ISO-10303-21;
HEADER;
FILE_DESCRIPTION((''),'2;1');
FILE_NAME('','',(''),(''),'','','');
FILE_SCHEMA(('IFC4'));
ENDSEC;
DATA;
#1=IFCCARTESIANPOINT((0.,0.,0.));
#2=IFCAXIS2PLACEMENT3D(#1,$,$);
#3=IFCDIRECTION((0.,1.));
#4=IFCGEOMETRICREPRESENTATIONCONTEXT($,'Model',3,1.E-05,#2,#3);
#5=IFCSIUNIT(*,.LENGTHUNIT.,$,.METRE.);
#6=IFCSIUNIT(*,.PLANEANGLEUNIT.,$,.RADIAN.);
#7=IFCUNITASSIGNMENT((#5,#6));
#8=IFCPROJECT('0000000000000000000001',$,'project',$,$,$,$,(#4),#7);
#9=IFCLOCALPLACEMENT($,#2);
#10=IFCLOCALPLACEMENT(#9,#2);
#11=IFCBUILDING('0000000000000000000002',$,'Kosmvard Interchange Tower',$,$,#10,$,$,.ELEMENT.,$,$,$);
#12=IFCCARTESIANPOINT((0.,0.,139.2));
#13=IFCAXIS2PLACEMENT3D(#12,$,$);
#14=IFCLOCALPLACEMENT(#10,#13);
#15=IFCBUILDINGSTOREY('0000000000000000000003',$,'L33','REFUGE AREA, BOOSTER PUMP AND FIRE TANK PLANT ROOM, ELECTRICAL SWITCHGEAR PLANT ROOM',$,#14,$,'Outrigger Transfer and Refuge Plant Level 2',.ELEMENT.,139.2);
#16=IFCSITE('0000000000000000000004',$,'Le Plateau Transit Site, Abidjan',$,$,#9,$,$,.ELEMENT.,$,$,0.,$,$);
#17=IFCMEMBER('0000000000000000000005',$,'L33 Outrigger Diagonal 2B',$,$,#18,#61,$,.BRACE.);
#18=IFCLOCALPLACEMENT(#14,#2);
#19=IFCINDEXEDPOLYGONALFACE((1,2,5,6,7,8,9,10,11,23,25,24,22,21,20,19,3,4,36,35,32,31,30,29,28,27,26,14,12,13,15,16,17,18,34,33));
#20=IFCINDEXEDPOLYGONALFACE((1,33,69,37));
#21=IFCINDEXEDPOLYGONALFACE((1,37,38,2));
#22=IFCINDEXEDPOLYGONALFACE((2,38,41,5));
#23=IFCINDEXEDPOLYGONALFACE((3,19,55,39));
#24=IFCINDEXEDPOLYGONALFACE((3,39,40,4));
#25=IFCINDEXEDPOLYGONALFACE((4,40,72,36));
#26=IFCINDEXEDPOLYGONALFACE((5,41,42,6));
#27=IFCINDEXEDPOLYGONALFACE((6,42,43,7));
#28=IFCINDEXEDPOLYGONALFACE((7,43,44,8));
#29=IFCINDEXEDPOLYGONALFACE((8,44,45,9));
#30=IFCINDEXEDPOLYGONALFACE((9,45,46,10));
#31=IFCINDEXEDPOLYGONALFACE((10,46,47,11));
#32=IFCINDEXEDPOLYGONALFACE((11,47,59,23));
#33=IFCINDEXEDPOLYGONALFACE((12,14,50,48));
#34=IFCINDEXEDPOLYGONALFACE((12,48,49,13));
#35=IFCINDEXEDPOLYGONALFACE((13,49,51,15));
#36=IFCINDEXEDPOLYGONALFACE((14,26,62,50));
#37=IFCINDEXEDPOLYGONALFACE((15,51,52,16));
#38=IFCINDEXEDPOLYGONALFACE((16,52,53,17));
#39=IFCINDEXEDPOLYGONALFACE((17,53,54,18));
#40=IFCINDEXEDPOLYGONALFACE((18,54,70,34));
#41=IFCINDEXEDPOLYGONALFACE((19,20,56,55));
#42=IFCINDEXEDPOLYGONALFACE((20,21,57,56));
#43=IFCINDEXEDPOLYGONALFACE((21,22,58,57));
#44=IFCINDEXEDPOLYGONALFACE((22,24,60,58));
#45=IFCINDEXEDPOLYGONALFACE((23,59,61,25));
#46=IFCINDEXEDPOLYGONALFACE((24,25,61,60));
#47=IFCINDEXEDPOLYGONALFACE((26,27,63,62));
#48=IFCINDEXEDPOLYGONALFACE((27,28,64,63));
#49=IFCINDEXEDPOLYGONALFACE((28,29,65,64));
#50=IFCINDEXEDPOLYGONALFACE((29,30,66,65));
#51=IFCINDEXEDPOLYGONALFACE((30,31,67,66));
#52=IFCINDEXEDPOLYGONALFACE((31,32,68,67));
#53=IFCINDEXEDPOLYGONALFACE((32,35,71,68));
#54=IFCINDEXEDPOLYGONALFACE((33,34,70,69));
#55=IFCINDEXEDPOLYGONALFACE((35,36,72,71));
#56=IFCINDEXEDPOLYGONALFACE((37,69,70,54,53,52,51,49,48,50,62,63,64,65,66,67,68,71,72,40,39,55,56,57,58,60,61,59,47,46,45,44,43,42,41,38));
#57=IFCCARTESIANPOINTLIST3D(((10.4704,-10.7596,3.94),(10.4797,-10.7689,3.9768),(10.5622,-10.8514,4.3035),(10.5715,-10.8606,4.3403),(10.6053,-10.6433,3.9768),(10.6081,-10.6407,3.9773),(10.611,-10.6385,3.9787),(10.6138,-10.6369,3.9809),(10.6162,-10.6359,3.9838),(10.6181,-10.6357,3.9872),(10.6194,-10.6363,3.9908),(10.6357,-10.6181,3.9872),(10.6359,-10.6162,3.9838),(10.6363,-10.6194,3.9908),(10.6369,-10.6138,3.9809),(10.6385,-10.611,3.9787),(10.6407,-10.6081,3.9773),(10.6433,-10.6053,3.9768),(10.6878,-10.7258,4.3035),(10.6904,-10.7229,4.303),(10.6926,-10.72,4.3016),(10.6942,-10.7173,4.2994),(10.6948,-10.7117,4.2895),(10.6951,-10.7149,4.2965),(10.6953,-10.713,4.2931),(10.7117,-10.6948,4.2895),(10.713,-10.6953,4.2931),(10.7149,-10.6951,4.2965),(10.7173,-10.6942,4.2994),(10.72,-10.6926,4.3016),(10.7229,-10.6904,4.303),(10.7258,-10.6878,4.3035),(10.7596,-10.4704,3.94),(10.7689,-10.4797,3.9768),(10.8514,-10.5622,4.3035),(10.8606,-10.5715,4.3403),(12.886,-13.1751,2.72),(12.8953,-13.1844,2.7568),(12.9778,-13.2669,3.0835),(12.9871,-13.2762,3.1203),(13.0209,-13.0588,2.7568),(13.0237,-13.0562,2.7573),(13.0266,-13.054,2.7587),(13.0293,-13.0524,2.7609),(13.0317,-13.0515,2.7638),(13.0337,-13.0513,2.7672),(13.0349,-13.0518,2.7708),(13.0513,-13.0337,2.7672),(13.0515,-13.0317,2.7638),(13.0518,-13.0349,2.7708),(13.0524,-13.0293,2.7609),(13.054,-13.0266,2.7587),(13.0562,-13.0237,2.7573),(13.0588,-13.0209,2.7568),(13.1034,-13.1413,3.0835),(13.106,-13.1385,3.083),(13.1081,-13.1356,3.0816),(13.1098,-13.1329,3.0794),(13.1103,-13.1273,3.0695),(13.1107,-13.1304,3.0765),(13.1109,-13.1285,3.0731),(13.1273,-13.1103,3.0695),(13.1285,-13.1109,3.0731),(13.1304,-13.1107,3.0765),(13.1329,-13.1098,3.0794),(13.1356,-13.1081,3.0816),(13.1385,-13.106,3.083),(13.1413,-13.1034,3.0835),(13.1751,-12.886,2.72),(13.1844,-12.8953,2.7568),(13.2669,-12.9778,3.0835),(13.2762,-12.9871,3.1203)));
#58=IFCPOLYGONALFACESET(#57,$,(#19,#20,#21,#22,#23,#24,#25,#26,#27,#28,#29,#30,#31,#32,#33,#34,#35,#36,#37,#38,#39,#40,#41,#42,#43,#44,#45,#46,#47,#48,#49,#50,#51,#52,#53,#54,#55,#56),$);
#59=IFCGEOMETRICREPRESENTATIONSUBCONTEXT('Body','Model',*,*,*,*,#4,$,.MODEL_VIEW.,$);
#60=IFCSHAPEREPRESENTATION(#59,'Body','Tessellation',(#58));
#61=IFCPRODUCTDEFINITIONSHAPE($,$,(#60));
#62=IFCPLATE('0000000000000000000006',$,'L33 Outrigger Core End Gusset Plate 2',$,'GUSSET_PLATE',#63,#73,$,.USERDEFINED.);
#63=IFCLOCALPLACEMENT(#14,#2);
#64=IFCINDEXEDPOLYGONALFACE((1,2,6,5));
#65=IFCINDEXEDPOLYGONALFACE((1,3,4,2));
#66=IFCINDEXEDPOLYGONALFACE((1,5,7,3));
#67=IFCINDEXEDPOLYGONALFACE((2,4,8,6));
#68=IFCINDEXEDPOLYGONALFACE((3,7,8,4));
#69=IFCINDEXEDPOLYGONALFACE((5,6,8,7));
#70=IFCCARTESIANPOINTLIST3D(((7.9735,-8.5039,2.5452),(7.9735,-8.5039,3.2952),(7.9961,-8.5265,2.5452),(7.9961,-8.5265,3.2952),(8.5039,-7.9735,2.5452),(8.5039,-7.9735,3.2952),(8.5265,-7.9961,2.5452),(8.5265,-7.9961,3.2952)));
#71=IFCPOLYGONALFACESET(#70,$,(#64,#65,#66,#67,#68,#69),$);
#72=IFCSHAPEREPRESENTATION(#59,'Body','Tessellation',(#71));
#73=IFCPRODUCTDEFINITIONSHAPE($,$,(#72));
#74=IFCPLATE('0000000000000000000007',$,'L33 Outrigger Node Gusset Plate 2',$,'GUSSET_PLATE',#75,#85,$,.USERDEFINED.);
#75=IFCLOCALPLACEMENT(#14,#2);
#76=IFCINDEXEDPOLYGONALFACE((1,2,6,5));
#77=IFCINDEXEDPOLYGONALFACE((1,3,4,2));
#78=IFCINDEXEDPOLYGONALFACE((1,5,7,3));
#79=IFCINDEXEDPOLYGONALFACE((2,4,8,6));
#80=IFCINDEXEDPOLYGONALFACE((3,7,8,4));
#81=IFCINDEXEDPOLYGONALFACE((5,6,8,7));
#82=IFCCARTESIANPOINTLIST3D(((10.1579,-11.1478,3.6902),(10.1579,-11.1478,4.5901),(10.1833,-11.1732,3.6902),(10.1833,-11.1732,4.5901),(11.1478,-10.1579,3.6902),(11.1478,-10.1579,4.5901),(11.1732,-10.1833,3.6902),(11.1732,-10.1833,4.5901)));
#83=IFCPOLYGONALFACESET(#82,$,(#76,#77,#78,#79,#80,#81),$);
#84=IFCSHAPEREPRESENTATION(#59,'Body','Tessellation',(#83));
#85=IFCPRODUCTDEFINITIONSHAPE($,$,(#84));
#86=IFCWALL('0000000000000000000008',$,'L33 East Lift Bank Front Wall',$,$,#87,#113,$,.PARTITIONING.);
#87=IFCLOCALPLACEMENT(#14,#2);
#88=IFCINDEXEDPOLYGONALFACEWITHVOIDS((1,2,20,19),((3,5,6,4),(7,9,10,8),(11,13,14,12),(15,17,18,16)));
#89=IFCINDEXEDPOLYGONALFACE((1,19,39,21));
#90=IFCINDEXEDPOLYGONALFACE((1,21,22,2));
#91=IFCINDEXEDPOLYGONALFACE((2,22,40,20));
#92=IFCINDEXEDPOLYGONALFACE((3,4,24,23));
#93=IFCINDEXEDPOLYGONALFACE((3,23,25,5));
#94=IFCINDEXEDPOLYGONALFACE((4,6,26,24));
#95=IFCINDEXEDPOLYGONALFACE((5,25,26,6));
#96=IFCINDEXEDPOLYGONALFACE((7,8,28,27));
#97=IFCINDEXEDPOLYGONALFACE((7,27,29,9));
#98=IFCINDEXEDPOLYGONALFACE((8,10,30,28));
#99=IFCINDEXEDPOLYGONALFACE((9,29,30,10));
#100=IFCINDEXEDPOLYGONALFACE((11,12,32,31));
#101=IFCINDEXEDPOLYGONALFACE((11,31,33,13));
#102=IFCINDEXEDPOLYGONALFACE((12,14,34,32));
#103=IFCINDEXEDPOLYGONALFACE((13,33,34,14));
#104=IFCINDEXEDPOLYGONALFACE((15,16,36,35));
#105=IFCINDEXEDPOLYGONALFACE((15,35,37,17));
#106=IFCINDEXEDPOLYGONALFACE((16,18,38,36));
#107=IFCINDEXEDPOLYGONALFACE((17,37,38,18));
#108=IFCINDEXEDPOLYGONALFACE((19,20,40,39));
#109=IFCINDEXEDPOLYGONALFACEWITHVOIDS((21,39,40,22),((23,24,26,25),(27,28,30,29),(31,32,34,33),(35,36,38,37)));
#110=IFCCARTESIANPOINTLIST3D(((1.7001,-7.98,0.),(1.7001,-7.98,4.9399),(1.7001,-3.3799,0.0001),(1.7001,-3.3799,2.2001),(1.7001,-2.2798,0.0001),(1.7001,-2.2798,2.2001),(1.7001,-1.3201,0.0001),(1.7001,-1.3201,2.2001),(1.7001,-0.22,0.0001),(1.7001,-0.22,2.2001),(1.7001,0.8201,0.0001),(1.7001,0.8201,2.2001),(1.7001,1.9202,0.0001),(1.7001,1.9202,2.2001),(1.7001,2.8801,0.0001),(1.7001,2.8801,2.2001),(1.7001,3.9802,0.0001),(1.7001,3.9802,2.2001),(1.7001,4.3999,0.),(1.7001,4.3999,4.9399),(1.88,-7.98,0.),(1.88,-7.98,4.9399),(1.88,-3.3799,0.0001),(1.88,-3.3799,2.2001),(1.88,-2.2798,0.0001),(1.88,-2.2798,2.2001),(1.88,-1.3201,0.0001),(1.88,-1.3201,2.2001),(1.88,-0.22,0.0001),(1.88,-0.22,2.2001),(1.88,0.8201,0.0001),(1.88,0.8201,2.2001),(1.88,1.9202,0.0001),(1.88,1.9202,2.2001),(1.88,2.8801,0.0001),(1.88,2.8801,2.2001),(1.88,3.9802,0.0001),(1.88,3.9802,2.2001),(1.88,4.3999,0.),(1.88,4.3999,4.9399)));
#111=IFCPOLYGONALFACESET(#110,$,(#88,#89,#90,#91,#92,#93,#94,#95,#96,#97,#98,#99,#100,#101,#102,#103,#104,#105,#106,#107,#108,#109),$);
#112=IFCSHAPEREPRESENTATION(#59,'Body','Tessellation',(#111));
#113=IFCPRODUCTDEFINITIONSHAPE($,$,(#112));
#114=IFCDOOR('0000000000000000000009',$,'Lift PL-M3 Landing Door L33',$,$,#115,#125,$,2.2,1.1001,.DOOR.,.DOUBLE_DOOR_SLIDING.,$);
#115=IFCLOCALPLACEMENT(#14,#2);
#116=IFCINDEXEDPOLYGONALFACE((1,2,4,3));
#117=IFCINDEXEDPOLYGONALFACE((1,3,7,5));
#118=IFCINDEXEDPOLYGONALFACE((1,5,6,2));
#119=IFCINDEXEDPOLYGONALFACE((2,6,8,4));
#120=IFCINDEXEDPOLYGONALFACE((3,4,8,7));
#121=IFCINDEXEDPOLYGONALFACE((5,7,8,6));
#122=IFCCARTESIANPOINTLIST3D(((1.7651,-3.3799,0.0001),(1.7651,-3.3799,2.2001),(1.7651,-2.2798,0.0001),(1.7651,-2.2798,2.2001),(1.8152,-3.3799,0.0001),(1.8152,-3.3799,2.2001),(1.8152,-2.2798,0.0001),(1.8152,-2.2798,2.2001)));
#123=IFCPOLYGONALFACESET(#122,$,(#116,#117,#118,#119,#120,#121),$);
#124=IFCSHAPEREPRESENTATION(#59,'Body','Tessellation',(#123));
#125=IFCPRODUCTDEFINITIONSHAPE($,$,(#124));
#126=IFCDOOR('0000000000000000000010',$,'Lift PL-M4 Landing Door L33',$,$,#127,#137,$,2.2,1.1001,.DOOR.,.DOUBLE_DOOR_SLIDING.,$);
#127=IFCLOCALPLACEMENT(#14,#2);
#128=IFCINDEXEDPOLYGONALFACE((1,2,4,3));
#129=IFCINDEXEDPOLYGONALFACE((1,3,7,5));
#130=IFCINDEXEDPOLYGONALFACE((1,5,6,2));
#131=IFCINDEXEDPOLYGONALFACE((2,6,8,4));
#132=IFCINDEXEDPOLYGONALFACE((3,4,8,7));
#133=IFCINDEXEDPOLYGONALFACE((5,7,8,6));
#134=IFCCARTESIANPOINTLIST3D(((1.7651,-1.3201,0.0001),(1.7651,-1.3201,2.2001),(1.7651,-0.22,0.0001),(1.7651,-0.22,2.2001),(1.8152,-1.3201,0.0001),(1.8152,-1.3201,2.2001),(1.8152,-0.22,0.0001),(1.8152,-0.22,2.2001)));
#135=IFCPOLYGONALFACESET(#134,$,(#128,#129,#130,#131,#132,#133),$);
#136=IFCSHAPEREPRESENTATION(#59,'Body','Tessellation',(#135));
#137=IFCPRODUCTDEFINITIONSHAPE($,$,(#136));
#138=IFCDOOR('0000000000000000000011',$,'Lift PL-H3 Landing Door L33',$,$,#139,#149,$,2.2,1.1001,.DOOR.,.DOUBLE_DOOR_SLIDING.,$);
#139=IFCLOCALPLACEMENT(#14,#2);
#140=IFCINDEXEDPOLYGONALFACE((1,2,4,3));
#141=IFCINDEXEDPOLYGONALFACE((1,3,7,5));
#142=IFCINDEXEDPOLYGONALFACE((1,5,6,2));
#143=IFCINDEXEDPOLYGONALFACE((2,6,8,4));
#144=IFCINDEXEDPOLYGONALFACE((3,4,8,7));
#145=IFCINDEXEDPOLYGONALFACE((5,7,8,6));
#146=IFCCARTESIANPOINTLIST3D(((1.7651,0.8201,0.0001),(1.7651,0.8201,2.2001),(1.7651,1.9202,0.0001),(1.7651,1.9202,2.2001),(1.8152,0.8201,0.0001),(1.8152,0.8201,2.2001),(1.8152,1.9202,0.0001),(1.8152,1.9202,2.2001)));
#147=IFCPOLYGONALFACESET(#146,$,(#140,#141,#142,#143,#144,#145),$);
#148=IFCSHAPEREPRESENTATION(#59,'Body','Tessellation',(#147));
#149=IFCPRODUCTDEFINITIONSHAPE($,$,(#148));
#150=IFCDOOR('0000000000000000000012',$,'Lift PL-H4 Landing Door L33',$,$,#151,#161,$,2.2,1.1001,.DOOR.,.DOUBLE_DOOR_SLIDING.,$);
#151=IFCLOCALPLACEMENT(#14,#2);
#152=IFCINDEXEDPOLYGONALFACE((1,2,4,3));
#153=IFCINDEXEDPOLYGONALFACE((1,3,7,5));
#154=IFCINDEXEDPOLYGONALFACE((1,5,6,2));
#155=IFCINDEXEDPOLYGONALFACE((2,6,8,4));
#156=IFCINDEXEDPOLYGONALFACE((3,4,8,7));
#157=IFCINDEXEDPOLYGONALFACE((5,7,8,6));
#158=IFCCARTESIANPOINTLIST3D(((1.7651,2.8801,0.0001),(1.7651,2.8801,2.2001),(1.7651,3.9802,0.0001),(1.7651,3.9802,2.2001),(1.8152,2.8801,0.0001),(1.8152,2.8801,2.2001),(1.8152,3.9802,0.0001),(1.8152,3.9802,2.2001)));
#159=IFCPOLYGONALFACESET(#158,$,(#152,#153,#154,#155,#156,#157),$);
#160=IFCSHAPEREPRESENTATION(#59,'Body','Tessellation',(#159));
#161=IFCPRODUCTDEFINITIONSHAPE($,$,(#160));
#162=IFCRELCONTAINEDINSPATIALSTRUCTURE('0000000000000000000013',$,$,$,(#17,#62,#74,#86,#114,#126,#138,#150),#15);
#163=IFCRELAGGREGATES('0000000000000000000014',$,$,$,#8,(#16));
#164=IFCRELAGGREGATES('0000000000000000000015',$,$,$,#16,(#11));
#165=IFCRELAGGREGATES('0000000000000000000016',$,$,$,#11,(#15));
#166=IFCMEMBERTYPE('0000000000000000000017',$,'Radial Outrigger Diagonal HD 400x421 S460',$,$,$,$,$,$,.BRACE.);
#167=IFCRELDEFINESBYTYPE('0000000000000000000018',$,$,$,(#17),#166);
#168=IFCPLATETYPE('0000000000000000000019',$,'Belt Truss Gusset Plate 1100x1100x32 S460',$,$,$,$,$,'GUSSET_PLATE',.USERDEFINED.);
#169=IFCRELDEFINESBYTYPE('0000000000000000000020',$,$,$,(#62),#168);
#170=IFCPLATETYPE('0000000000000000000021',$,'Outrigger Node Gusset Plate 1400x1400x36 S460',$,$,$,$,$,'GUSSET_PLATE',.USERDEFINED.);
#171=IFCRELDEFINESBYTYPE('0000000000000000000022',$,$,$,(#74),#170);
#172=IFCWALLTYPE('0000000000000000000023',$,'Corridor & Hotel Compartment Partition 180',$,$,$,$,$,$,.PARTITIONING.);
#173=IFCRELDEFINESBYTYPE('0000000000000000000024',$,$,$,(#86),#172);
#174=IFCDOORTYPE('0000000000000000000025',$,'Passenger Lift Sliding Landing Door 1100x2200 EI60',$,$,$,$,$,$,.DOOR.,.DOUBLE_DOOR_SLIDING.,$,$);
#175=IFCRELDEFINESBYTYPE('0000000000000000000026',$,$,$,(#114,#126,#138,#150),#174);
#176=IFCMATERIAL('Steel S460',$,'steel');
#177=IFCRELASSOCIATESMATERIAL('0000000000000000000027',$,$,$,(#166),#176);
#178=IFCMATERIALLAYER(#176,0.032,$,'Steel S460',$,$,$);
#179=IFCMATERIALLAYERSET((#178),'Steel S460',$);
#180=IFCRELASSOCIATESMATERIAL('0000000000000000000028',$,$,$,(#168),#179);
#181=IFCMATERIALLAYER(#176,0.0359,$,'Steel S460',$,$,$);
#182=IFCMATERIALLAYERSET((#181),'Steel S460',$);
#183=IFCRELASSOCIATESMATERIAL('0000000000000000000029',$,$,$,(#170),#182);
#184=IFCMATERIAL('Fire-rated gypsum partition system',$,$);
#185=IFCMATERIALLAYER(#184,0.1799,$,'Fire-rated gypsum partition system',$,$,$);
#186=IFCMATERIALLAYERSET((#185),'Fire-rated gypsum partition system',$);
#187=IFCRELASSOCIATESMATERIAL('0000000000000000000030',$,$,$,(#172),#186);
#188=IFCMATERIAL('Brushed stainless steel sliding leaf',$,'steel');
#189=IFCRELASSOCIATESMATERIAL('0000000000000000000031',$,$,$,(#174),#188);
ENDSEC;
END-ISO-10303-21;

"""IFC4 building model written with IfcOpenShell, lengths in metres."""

from ifc_helpers import new_model, si_unit, direction, frame, frame_2d, origin, origin_2d, place, context, subcontext, project, spatial, rectangle, i_section, extrude, source, transform, mapped, material, layer, layer_set, material_profile, profile_set, type_object, element, fill, save


model = new_model("IFC4")

# Units and contexts
model_context = context("Model", 3, precision=1e-05, world=origin(), true_north=direction((0.0, 1.0)))
body_context = subcontext(model_context, "Body", "Model", "MODEL_VIEW")
ifc_project = project(units=[si_unit("LENGTHUNIT", "METRE"), si_unit("PLANEANGLEUNIT", "RADIAN")], contexts=[model_context])

# Site, building, storey
site_placement = place(None, origin())
site = spatial("IfcSite", under=ifc_project, at=site_placement, Name="Le Plateau Transit Site, Abidjan", CompositionType="ELEMENT", RefElevation=0.0)
building_placement = place(site_placement, origin())
building = spatial("IfcBuilding", under=site, at=building_placement, Name="Kosmvard Interchange Tower", CompositionType="ELEMENT")
storey_placement = place(building_placement, frame((0.0, 0.0, 139.2)))
storey = spatial("IfcBuildingStorey", under=building, at=storey_placement, Name="L33", Description="REFUGE AREA, BOOSTER PUMP AND FIRE TANK PLANT ROOM, ELECTRICAL SWITCHGEAR PLANT ROOM", LongName="Outrigger Transfer and Refuge Plant Level 2", CompositionType="ELEMENT", Elevation=139.2)

# Shared definitions
ifc_material_1 = material(Name="Steel S460", Category="steel")

# Member
ifc_material_profile_1 = material_profile(ifc_material_1, i_section(OverallWidth=0.4089, OverallDepth=0.425, WebThickness=0.0239, FlangeThickness=0.0391, FilletRadius=0.0149, at=origin_2d()), Name="HD 400x421")
ifc_profile_set_1 = profile_set([ifc_material_profile_1], Name="Steel S460")
member_type_1 = type_object("IfcMemberType", Name="Radial Outrigger Diagonal HD 400x421 S460", PredefinedType="BRACE", material=ifc_profile_set_1)
shared_shape_1 = source(origin(), body_context, "Body", "SweptSolid", [
    extrude(i_section(OverallWidth=0.4089, OverallDepth=0.425, WebThickness=0.0239, FlangeThickness=0.0391, FilletRadius=0.0149, at=origin_2d()), origin(), (0.0, 0.0, 1.0), 3.6274),
])
for number, where, z_axis, x_axis, name in (
    (1, (10.6655, -10.6655, 4.1401), (0.665915, -0.665915, -0.336323), (0.707107, 0.707107, 0.0), "L33 Outrigger Diagonal 2B"),
):
    element("IfcMember", number, at=place(storey_placement, frame(where, z_axis=z_axis, x_axis=x_axis)), inside=storey, type_object=member_type_1, Name=name, PredefinedType="BRACE", context=body_context, shape_type="MappedRepresentation", body=[
        mapped(shared_shape_1, transform((0.0, 0.0, 0.0), scale=1.0)),
    ])

# Plates
ifc_layer_1 = layer(ifc_material_1, 0.032, Name="Steel S460")
ifc_layer_set_1 = layer_set([ifc_layer_1], Name="Steel S460")
plate_type_1 = type_object("IfcPlateType", Name="Belt Truss Gusset Plate 1100x1100x32 S460", ElementType="GUSSET_PLATE", PredefinedType="USERDEFINED", material=ifc_layer_set_1)
shared_shape_2 = source(origin(), body_context, "Body", "SweptSolid", [
    extrude(rectangle(XDim=0.75, YDim=0.032, at=origin_2d()), origin(), (0.0, 0.0, 1.0), 0.75),
])
plate_1_placement = place(storey_placement, frame((8.25, -8.25, 2.5452), z_axis=(0.0, 0.0, 1.0), x_axis=(0.707107, 0.707107, 0.0)))
element("IfcPlate", 2, at=plate_1_placement, inside=storey, type_object=plate_type_1, Name="L33 Outrigger Core End Gusset Plate 2", ObjectType="GUSSET_PLATE", PredefinedType="USERDEFINED", context=body_context, shape_type="MappedRepresentation", body=[
    mapped(shared_shape_2, transform((0.0, 0.0, 0.0), scale=1.0)),
])
ifc_layer_2 = layer(ifc_material_1, 0.0359, Name="Steel S460")
ifc_layer_set_2 = layer_set([ifc_layer_2], Name="Steel S460")
plate_type_2 = type_object("IfcPlateType", Name="Outrigger Node Gusset Plate 1400x1400x36 S460", ElementType="GUSSET_PLATE", PredefinedType="USERDEFINED", material=ifc_layer_set_2)
shared_shape_3 = source(origin(), body_context, "Body", "SweptSolid", [
    extrude(rectangle(XDim=1.3999, YDim=0.0359, at=origin_2d()), origin(), (0.0, 0.0, 1.0), 0.8999),
])
plate_2_placement = place(storey_placement, frame((10.6655, -10.6655, 3.6902), z_axis=(0.0, 0.0, 1.0), x_axis=(0.707107, 0.707107, 0.0)))
element("IfcPlate", 3, at=plate_2_placement, inside=storey, type_object=plate_type_2, Name="L33 Outrigger Node Gusset Plate 2", ObjectType="GUSSET_PLATE", PredefinedType="USERDEFINED", context=body_context, shape_type="MappedRepresentation", body=[
    mapped(shared_shape_3, transform((0.0, 0.0, 0.0), scale=1.0)),
])

# Wall, openings, doors
ifc_material_2 = material(Name="Fire-rated gypsum partition system")
ifc_layer_3 = layer(ifc_material_2, 0.1799, Name="Fire-rated gypsum partition system")
ifc_layer_set_3 = layer_set([ifc_layer_3], Name="Fire-rated gypsum partition system")
wall_type_1 = type_object("IfcWallType", Name="Corridor & Hotel Compartment Partition 180", PredefinedType="PARTITIONING", material=ifc_layer_set_3)
wall_1_placement = place(storey_placement, frame((1.79, -7.98, 0.0), z_axis=(0.0, 0.0, 1.0), x_axis=(0.0, 1.0, 0.0)))
wall_1 = element("IfcWall", 4, at=wall_1_placement, inside=storey, type_object=wall_type_1, Name="L33 East Lift Bank Front Wall", PredefinedType="PARTITIONING", context=body_context, shape_type="SweptSolid", body=[
    extrude(rectangle(XDim=12.3799, YDim=0.1799, at=frame_2d((6.1899, 0.0))), origin(), (0.0, 0.0, 1.0), 4.9399),
])
opening_1_placement = place(wall_1_placement, frame((4.6001, 0.0, 0.0)))
opening_1 = element("IfcOpeningElement", 5, at=opening_1_placement, cuts=wall_1, PredefinedType="OPENING", context=body_context, shape_type="SweptSolid", body=[
    extrude(rectangle(XDim=1.1001, YDim=2.2, at=frame_2d((0.55, 1.1001))), frame((0.0, 0.1001, 0.0), z_axis=(0.0, -1.0, 0.0), x_axis=(1.0, 0.0, 0.0)), (0.0, 0.0, 1.0), 0.2),
])
opening_2_placement = place(wall_1_placement, frame((6.6599, 0.0, 0.0)))
opening_2 = element("IfcOpeningElement", 6, at=opening_2_placement, cuts=wall_1, PredefinedType="OPENING", context=body_context, shape_type="SweptSolid", body=[
    extrude(rectangle(XDim=1.1001, YDim=2.2, at=frame_2d((0.55, 1.1001))), frame((0.0, 0.1001, 0.0), z_axis=(0.0, -1.0, 0.0), x_axis=(1.0, 0.0, 0.0)), (0.0, 0.0, 1.0), 0.2),
])
opening_3_placement = place(wall_1_placement, frame((8.8, 0.0, 0.0)))
opening_3 = element("IfcOpeningElement", 7, at=opening_3_placement, cuts=wall_1, PredefinedType="OPENING", context=body_context, shape_type="SweptSolid", body=[
    extrude(rectangle(XDim=1.1001, YDim=2.2, at=frame_2d((0.55, 1.1001))), frame((0.0, 0.1001, 0.0), z_axis=(0.0, -1.0, 0.0), x_axis=(1.0, 0.0, 0.0)), (0.0, 0.0, 1.0), 0.2),
])
opening_4_placement = place(wall_1_placement, frame((10.8601, 0.0, 0.0)))
opening_4 = element("IfcOpeningElement", 8, at=opening_4_placement, cuts=wall_1, PredefinedType="OPENING", context=body_context, shape_type="SweptSolid", body=[
    extrude(rectangle(XDim=1.1001, YDim=2.2, at=frame_2d((0.55, 1.1001))), frame((0.0, 0.1001, 0.0), z_axis=(0.0, -1.0, 0.0), x_axis=(1.0, 0.0, 0.0)), (0.0, 0.0, 1.0), 0.2),
])
ifc_material_3 = material(Name="Brushed stainless steel sliding leaf", Category="steel")
door_type_1 = type_object("IfcDoorType", Name="Passenger Lift Sliding Landing Door 1100x2200 EI60", OperationType="DOUBLE_DOOR_SLIDING", PredefinedType="DOOR", material=ifc_material_3)
shared_shape_4 = source(origin(), body_context, "Body", "SweptSolid", [
    extrude(rectangle(XDim=1.1001, YDim=2.2, at=frame_2d((0.55, 1.1001))), frame((0.0, 0.0249, 0.0), z_axis=(0.0, -1.0, 0.0), x_axis=(1.0, 0.0, 0.0)), (0.0, 0.0, 1.0), 0.05),
])
door_1_placement = place(opening_1_placement, origin())
door_1 = element("IfcDoor", 9, at=door_1_placement, inside=storey, type_object=door_type_1, Name="Lift PL-M3 Landing Door L33", OperationType="DOUBLE_DOOR_SLIDING", OverallHeight=2.2, OverallWidth=1.1001, PredefinedType="DOOR", context=body_context, shape_type="MappedRepresentation", body=[
    mapped(shared_shape_4, transform((0.0, 0.0, 0.0), scale=1.0)),
])
fill(opening_1, door_1)
door_2_placement = place(opening_2_placement, origin())
door_2 = element("IfcDoor", 10, at=door_2_placement, inside=storey, type_object=door_type_1, Name="Lift PL-M4 Landing Door L33", OperationType="DOUBLE_DOOR_SLIDING", OverallHeight=2.2, OverallWidth=1.1001, PredefinedType="DOOR", context=body_context, shape_type="MappedRepresentation", body=[
    mapped(shared_shape_4, transform((0.0, 0.0, 0.0), scale=1.0)),
])
fill(opening_2, door_2)
door_3_placement = place(opening_3_placement, origin())
door_3 = element("IfcDoor", 11, at=door_3_placement, inside=storey, type_object=door_type_1, Name="Lift PL-H3 Landing Door L33", OperationType="DOUBLE_DOOR_SLIDING", OverallHeight=2.2, OverallWidth=1.1001, PredefinedType="DOOR", context=body_context, shape_type="MappedRepresentation", body=[
    mapped(shared_shape_4, transform((0.0, 0.0, 0.0), scale=1.0)),
])
fill(opening_3, door_3)
door_4_placement = place(opening_4_placement, origin())
door_4 = element("IfcDoor", 12, at=door_4_placement, inside=storey, type_object=door_type_1, Name="Lift PL-H4 Landing Door L33", OperationType="DOUBLE_DOOR_SLIDING", OverallHeight=2.2, OverallWidth=1.1001, PredefinedType="DOOR", context=body_context, shape_type="MappedRepresentation", body=[
    mapped(shared_shape_4, transform((0.0, 0.0, 0.0), scale=1.0)),
])
fill(opening_4, door_4)

save(model, "model.ifc")
